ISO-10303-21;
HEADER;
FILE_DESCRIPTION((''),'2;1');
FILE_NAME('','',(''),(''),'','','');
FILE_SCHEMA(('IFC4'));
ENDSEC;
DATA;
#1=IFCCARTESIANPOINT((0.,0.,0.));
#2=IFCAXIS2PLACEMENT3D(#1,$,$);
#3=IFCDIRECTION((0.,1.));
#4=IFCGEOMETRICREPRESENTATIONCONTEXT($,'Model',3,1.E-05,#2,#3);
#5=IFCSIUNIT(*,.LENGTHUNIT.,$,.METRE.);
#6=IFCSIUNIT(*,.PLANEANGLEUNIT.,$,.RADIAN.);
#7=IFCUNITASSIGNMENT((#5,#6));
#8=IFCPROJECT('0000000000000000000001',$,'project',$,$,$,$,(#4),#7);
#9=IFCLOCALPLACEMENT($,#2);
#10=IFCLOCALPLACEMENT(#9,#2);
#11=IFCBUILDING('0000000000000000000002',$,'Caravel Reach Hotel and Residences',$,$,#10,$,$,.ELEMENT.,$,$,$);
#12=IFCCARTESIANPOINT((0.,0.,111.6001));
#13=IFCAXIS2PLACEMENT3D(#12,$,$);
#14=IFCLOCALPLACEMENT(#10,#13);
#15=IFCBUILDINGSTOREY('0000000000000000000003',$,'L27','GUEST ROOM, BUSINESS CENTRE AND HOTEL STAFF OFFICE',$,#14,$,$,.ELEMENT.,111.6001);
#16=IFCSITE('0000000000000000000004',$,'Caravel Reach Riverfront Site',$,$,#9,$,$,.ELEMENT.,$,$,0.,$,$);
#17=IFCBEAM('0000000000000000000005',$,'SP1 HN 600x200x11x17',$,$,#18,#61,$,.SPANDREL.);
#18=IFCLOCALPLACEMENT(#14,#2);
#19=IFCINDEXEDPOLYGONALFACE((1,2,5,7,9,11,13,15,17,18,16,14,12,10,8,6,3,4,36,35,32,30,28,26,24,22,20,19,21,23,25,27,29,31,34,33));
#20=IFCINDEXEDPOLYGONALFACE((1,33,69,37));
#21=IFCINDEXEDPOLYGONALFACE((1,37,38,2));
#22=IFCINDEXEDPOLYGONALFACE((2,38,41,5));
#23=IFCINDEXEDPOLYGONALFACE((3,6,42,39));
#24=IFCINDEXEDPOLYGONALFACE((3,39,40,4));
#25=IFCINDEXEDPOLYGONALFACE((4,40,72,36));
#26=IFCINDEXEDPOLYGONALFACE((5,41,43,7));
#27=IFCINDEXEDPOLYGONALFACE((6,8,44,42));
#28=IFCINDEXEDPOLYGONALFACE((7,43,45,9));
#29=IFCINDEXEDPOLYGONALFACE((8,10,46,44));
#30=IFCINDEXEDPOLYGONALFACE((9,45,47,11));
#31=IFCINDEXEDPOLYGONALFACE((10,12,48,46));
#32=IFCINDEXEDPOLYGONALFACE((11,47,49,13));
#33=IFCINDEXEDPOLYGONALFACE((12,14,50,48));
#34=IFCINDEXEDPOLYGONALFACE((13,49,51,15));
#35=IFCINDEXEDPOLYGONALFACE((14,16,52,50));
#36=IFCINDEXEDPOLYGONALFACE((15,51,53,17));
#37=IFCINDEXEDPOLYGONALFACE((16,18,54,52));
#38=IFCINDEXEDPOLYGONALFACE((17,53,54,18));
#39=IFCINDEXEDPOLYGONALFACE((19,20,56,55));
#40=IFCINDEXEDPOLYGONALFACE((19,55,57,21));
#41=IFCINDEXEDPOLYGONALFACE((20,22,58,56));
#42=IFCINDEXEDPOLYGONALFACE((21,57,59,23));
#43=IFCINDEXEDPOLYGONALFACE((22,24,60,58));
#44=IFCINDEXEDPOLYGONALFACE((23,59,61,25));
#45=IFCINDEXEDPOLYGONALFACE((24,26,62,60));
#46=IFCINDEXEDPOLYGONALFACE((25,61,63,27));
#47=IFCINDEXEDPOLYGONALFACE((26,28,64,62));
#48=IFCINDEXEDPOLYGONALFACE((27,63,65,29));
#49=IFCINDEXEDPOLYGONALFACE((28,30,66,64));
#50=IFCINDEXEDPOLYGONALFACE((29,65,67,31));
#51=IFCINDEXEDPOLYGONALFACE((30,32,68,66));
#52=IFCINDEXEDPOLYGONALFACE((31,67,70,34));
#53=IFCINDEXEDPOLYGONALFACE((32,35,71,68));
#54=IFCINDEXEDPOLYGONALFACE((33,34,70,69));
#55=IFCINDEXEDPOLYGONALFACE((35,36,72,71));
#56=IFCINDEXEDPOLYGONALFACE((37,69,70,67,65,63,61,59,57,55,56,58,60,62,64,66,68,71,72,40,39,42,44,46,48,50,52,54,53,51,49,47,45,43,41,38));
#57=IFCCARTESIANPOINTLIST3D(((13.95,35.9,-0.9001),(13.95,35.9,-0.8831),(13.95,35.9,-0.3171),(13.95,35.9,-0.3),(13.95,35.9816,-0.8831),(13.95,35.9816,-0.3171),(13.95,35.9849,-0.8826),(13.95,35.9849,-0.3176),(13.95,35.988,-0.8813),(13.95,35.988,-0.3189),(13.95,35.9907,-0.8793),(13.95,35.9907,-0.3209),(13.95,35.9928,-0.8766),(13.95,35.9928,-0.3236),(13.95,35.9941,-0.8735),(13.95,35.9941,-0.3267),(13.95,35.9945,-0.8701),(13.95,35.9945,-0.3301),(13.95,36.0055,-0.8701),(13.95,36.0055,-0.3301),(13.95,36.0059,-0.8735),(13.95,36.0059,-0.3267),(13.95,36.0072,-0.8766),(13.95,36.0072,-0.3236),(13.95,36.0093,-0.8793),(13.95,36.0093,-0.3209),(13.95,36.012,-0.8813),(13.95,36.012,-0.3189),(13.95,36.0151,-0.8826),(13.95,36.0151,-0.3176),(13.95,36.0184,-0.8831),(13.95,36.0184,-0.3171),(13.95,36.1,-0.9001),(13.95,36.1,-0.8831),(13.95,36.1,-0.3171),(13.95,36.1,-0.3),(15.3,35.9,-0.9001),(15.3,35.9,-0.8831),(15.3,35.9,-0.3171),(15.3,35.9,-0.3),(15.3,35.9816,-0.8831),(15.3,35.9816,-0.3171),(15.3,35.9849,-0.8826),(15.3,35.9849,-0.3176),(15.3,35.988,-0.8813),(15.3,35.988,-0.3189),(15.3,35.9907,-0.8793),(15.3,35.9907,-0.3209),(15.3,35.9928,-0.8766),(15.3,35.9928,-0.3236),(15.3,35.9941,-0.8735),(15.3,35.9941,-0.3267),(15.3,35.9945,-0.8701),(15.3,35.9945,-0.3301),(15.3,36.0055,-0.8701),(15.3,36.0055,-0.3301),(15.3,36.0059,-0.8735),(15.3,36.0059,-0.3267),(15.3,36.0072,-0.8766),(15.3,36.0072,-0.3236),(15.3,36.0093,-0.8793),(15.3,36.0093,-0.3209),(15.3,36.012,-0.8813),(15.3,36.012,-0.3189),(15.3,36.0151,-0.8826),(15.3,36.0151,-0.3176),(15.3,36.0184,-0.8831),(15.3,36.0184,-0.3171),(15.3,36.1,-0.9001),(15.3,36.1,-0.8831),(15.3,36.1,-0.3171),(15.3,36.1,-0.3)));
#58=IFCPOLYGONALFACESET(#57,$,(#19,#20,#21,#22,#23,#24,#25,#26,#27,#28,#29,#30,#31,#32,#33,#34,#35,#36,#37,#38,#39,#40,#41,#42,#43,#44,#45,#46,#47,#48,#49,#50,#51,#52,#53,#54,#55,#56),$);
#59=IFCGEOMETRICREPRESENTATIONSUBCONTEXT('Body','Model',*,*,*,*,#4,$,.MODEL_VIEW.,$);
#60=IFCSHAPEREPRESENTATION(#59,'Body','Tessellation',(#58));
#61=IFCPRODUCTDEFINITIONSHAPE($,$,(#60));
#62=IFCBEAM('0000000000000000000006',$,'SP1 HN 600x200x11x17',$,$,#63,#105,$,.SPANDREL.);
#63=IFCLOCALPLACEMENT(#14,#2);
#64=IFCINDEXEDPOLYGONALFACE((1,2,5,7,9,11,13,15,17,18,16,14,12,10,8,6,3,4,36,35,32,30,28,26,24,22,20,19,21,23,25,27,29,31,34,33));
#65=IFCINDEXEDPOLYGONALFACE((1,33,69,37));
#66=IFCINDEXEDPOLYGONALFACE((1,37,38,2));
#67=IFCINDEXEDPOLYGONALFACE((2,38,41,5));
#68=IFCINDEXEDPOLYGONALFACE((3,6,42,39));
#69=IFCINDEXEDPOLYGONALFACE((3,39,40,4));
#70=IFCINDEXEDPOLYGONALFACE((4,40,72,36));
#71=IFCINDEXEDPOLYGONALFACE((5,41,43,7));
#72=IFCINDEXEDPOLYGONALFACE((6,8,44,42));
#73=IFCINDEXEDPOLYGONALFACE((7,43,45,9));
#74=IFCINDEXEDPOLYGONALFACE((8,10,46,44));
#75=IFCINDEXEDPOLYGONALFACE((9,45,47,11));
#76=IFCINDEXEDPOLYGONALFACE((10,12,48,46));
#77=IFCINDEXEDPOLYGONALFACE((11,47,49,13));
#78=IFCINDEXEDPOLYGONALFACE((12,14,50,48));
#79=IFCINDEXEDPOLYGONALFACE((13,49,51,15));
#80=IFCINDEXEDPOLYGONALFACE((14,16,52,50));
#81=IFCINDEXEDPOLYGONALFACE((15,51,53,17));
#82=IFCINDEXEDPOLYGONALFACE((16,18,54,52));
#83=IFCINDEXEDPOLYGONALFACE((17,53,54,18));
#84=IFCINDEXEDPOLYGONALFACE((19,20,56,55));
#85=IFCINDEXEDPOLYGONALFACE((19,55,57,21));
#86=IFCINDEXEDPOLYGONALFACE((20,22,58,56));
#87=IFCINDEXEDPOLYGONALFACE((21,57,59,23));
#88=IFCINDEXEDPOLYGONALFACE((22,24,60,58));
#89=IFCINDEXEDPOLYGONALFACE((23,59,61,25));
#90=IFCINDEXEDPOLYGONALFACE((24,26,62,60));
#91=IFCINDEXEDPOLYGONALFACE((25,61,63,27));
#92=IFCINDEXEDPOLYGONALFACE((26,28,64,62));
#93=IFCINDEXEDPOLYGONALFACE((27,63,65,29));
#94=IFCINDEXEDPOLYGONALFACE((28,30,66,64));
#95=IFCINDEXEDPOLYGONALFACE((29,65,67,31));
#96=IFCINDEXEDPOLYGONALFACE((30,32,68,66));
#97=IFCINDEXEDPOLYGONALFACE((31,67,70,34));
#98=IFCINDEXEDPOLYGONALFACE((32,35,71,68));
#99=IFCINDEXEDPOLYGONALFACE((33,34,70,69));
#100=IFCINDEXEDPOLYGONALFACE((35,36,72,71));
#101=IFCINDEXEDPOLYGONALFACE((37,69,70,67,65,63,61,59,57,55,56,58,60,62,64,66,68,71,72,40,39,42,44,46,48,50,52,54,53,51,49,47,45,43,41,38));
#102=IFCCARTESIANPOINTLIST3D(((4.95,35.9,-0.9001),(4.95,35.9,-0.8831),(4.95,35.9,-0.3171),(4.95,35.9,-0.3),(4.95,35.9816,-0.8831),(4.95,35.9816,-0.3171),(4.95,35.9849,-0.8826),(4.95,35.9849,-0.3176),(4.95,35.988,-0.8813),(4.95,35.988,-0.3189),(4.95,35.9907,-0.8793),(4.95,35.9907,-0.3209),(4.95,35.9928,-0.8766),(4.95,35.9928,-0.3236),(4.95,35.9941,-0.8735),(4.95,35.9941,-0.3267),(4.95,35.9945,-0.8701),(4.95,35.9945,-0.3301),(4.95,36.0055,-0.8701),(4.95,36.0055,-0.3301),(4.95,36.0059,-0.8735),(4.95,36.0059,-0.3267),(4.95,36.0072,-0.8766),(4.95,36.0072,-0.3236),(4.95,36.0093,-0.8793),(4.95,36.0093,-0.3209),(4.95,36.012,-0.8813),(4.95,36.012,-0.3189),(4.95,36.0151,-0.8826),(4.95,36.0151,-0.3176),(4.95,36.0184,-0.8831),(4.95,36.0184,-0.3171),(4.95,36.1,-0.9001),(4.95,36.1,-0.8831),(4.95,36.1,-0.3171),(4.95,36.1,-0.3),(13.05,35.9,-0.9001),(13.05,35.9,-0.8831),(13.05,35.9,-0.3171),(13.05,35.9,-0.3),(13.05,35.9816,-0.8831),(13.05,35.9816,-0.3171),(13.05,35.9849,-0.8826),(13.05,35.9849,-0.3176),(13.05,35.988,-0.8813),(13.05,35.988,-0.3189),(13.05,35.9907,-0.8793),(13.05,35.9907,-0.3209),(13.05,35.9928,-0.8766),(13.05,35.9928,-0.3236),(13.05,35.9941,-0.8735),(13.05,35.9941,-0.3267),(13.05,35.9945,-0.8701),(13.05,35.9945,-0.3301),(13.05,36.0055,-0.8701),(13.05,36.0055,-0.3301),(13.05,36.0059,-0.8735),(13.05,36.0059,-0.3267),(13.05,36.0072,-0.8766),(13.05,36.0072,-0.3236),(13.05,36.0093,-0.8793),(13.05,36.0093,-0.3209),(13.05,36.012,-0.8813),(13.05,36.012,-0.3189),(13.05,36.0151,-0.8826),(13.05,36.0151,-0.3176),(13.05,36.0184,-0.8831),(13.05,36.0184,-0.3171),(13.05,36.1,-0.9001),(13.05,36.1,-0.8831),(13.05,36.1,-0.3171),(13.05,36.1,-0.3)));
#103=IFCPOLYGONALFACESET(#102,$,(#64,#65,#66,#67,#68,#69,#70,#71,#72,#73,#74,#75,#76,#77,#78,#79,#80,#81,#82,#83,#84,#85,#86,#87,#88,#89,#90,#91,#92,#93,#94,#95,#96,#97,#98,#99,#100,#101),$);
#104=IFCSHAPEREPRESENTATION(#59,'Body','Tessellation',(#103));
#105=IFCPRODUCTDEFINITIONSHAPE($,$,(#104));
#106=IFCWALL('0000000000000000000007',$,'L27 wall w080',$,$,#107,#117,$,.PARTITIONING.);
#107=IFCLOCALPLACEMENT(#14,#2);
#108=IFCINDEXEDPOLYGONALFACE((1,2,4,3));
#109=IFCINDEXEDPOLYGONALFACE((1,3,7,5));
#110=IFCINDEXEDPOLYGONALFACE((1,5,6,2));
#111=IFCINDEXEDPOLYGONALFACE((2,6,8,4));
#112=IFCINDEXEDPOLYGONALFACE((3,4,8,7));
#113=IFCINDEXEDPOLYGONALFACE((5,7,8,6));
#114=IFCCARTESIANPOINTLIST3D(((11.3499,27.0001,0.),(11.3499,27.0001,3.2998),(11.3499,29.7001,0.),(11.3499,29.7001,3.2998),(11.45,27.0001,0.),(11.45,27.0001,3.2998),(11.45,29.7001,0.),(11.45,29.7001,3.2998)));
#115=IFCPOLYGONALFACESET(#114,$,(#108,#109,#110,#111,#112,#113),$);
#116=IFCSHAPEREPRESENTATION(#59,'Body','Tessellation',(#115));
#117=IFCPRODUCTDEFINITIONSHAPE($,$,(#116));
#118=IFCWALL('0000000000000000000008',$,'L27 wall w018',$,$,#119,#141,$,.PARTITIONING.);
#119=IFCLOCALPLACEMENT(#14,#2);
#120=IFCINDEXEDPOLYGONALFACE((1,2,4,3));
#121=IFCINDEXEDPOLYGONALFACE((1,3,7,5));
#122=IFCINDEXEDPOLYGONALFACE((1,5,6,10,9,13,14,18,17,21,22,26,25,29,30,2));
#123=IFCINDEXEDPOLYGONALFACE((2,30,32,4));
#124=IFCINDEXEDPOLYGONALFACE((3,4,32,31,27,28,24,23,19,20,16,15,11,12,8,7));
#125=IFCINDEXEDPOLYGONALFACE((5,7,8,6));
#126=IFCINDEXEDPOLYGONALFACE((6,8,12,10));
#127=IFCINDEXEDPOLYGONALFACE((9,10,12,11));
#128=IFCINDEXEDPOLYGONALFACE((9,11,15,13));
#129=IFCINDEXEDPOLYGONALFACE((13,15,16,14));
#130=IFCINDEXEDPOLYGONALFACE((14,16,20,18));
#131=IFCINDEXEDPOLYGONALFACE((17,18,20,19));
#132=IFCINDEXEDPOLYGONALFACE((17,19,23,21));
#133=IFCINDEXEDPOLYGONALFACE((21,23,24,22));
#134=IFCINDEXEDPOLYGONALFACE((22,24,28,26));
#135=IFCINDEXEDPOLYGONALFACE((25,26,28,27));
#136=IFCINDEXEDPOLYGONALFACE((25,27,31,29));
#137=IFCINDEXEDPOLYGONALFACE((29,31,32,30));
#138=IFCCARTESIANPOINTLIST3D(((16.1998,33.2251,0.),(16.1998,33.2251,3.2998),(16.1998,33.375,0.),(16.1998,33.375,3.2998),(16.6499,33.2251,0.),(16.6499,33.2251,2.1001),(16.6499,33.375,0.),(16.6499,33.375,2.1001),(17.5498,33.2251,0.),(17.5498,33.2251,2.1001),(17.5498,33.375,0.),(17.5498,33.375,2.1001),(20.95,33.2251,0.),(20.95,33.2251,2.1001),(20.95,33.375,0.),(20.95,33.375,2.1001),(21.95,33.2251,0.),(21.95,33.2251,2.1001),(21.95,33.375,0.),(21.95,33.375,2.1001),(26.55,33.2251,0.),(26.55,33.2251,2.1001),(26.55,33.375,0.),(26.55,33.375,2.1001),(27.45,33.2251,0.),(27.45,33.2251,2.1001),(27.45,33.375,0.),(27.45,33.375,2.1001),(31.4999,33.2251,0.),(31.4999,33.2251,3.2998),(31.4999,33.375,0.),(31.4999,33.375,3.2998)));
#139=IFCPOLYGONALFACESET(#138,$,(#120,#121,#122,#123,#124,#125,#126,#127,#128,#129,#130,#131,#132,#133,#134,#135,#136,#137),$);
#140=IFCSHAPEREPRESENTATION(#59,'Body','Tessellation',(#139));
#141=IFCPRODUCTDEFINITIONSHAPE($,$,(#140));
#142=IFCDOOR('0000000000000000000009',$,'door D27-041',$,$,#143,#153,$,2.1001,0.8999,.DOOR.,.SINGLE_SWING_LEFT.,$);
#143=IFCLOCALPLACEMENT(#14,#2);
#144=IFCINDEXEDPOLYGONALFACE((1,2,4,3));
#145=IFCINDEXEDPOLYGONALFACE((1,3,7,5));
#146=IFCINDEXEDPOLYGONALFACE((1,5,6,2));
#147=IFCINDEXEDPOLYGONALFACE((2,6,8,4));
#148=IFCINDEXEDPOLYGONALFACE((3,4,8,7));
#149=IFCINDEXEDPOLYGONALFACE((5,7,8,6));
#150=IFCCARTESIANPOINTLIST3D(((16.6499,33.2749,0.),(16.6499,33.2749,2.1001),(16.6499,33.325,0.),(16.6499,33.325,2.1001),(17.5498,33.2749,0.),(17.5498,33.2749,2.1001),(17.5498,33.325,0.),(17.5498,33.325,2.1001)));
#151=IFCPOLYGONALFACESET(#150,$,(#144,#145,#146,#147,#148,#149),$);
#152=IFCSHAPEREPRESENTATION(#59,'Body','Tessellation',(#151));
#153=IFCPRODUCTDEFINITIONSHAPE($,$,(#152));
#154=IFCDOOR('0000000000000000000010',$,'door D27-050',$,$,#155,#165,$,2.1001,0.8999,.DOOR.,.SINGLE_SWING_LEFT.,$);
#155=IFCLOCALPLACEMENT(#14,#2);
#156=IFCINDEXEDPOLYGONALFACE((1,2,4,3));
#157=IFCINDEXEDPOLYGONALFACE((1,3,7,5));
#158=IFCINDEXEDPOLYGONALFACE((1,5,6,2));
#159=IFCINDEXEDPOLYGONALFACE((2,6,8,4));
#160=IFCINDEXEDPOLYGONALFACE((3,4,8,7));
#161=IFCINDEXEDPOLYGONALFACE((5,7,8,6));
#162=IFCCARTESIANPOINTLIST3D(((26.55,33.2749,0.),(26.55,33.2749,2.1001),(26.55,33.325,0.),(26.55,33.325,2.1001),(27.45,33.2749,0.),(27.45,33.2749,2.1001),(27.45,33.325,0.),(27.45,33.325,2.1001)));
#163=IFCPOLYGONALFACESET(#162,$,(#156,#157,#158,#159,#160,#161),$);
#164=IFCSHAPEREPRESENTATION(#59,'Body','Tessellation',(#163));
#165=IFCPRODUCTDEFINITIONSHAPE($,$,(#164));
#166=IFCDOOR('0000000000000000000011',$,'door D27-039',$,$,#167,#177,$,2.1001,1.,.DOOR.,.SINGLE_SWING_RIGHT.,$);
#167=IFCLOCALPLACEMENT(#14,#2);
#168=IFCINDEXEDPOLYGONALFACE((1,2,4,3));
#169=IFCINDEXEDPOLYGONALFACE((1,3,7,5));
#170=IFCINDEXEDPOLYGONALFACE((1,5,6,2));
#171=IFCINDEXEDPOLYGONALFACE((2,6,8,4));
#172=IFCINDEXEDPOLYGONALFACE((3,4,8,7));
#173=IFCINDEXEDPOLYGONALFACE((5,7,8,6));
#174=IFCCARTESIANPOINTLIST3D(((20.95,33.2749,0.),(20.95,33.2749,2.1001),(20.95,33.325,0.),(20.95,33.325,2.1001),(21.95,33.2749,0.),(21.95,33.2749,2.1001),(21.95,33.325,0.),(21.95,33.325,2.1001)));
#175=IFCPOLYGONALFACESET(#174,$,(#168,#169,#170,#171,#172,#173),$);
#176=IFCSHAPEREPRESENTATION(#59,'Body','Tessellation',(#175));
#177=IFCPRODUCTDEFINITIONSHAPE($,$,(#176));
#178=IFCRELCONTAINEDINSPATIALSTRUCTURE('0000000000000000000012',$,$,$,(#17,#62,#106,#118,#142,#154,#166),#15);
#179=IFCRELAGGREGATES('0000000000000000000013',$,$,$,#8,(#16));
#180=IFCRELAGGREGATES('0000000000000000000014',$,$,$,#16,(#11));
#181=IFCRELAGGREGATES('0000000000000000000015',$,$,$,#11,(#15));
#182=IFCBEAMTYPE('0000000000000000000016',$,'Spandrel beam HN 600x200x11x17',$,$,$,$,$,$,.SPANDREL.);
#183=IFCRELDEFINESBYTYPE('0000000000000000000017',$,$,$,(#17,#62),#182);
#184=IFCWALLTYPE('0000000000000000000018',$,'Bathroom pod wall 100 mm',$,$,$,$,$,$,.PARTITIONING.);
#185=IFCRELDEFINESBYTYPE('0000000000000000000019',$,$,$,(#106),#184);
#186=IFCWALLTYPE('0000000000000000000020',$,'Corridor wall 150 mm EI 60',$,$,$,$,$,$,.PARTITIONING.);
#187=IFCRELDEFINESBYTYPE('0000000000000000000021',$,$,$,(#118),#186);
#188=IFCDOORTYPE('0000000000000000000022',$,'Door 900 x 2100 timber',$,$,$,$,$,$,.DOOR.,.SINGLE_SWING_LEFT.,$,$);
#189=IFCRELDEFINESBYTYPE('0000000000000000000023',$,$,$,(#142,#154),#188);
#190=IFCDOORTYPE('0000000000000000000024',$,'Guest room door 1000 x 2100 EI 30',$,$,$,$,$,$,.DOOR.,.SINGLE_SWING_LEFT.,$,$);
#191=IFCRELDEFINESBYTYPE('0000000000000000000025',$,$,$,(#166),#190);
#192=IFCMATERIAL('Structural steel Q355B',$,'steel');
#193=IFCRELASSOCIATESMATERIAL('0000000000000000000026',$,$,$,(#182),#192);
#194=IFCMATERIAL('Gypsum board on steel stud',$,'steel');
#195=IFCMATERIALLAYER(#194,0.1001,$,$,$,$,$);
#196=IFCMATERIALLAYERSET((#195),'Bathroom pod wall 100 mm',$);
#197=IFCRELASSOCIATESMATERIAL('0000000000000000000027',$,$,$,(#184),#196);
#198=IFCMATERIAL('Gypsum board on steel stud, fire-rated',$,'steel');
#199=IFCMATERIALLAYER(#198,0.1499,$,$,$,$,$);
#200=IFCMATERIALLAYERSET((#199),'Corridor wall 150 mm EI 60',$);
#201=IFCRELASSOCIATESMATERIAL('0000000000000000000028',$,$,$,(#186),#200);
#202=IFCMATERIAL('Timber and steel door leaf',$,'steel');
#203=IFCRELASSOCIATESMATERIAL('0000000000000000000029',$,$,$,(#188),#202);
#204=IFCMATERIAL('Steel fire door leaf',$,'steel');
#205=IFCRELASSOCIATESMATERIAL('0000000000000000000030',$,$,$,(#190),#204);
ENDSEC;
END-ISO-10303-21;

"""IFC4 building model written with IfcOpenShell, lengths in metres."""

from ifc_helpers import new_model, si_unit, direction, frame, frame_2d, origin, origin_2d, place, context, subcontext, project, spatial, rectangle, i_section, extrude, material, layer, layer_set, material_profile, profile_set, type_object, element, fill, save


model = new_model("IFC4")

# Units and contexts
model_context = context("Model", 3, precision=1e-05, world=origin(), true_north=direction((0.0, 1.0)))
body_context = subcontext(model_context, "Body", "Model", "MODEL_VIEW")
ifc_project = project(units=[si_unit("LENGTHUNIT", "METRE"), si_unit("PLANEANGLEUNIT", "RADIAN")], contexts=[model_context])

# Site, building, storey
site_placement = place(None, origin())
site = spatial("IfcSite", under=ifc_project, at=site_placement, Name="Caravel Reach Riverfront Site", CompositionType="ELEMENT", RefElevation=0.0)
building_placement = place(site_placement, origin())
building = spatial("IfcBuilding", under=site, at=building_placement, Name="Caravel Reach Hotel and Residences", CompositionType="ELEMENT")
storey_placement = place(building_placement, frame((0.0, 0.0, 111.6001)))
storey = spatial("IfcBuildingStorey", under=building, at=storey_placement, Name="L27", Description="GUEST ROOM, BUSINESS CENTRE AND HOTEL STAFF OFFICE", CompositionType="ELEMENT", Elevation=111.6001)

# Beams
ifc_material_1 = material(Name="Structural steel Q355B", Category="steel")
ifc_material_profile_1 = material_profile(ifc_material_1, i_section(OverallWidth=0.2, OverallDepth=0.6001, WebThickness=0.011, FlangeThickness=0.0171, FilletRadius=0.0129, at=origin_2d()), Name="HN 600x200x11x17")
ifc_profile_set_1 = profile_set([ifc_material_profile_1], Name="Structural steel Q355B")
beam_type_1 = type_object("IfcBeamType", Name="Spandrel beam HN 600x200x11x17", PredefinedType="SPANDREL", material=ifc_profile_set_1)
beam_1_placement = place(storey_placement, frame((15.3, 36.0, -0.6001), z_axis=(-1.0, 0.0, 0.0), x_axis=(0.0, -1.0, 0.0)))
element("IfcBeam", 1, at=beam_1_placement, inside=storey, type_object=beam_type_1, Name="SP1 HN 600x200x11x17", PredefinedType="SPANDREL", context=body_context, shape_type="SweptSolid", body=[
    extrude(i_section(OverallWidth=0.2, OverallDepth=0.6001, WebThickness=0.011, FlangeThickness=0.0171, FilletRadius=0.0129, at=origin_2d()), origin(), (0.0, 0.0, 1.0), 1.3501),
])
beam_2_placement = place(storey_placement, frame((13.05, 36.0, -0.6001), z_axis=(-1.0, 0.0, 0.0), x_axis=(0.0, -1.0, 0.0)))
element("IfcBeam", 2, at=beam_2_placement, inside=storey, type_object=beam_type_1, Name="SP1 HN 600x200x11x17", PredefinedType="SPANDREL", context=body_context, shape_type="SweptSolid", body=[
    extrude(i_section(OverallWidth=0.2, OverallDepth=0.6001, WebThickness=0.011, FlangeThickness=0.0171, FilletRadius=0.0129, at=origin_2d()), origin(), (0.0, 0.0, 1.0), 8.1001),
])

# Wall
ifc_material_2 = material(Name="Gypsum board on steel stud", Category="steel")
ifc_layer_1 = layer(ifc_material_2, 0.1001)
ifc_layer_set_1 = layer_set([ifc_layer_1], Name="Bathroom pod wall 100 mm")
wall_type_1 = type_object("IfcWallType", Name="Bathroom pod wall 100 mm", PredefinedType="PARTITIONING", material=ifc_layer_set_1)
wall_1_placement = place(storey_placement, frame((11.3999, 27.0, 0.0), z_axis=(0.0, 0.0, 1.0), x_axis=(0.0, 1.0, 0.0)))
element("IfcWall", 3, at=wall_1_placement, inside=storey, type_object=wall_type_1, Name="L27 wall w080", PredefinedType="PARTITIONING", context=body_context, shape_type="SweptSolid", body=[
    extrude(rectangle(XDim=2.7, YDim=0.1001, at=frame_2d((1.3501, 0.0))), origin(), (0.0, 0.0, 1.0), 3.2998),
])

# Wall, openings, doors
ifc_material_3 = material(Name="Gypsum board on steel stud, fire-rated", Category="steel")
ifc_layer_2 = layer(ifc_material_3, 0.1499)
ifc_layer_set_2 = layer_set([ifc_layer_2], Name="Corridor wall 150 mm EI 60")
wall_type_2 = type_object("IfcWallType", Name="Corridor wall 150 mm EI 60", PredefinedType="PARTITIONING", material=ifc_layer_set_2)
wall_2_placement = place(storey_placement, frame((16.2, 33.3, 0.0), z_axis=(0.0, 0.0, 1.0), x_axis=(1.0, 0.0, 0.0)))
wall_2 = element("IfcWall", 4, at=wall_2_placement, inside=storey, type_object=wall_type_2, Name="L27 wall w018", PredefinedType="PARTITIONING", context=body_context, shape_type="SweptSolid", body=[
    extrude(rectangle(XDim=15.3, YDim=0.1499, at=frame_2d((7.6499, 0.0))), origin(), (0.0, 0.0, 1.0), 3.2998),
])
opening_1_placement = place(wall_2_placement, frame((4.75, 0.0, 0.0)))
opening_1 = element("IfcOpeningElement", 5, at=opening_1_placement, cuts=wall_2, PredefinedType="OPENING", context=body_context, shape_type="SweptSolid", body=[
    extrude(rectangle(XDim=1.0, YDim=2.1001, at=frame_2d((0.5, 1.05))), frame((0.0, 0.085, 0.0), z_axis=(0.0, -1.0, 0.0), x_axis=(1.0, 0.0, 0.0)), (0.0, 0.0, 1.0), 0.1699),
])
opening_2_placement = place(wall_2_placement, frame((0.45, 0.0, 0.0)))
opening_2 = element("IfcOpeningElement", 6, at=opening_2_placement, cuts=wall_2, PredefinedType="OPENING", context=body_context, shape_type="SweptSolid", body=[
    extrude(rectangle(XDim=0.8999, YDim=2.1001, at=frame_2d((0.45, 1.05))), frame((0.0, 0.085, 0.0), z_axis=(0.0, -1.0, 0.0), x_axis=(1.0, 0.0, 0.0)), (0.0, 0.0, 1.0), 0.1699),
])
opening_3_placement = place(wall_2_placement, frame((10.3501, 0.0, 0.0)))
opening_3 = element("IfcOpeningElement", 7, at=opening_3_placement, cuts=wall_2, PredefinedType="OPENING", context=body_context, shape_type="SweptSolid", body=[
    extrude(rectangle(XDim=0.8999, YDim=2.1001, at=frame_2d((0.45, 1.05))), frame((0.0, 0.085, 0.0), z_axis=(0.0, -1.0, 0.0), x_axis=(1.0, 0.0, 0.0)), (0.0, 0.0, 1.0), 0.1699),
])
ifc_material_4 = material(Name="Timber and steel door leaf", Category="steel")
door_type_1 = type_object("IfcDoorType", Name="Door 900 x 2100 timber", OperationType="SINGLE_SWING_LEFT", PredefinedType="DOOR", material=ifc_material_4)
door_1_placement = place(opening_2_placement, origin())
door_1 = element("IfcDoor", 8, at=door_1_placement, inside=storey, type_object=door_type_1, Name="door D27-041", OperationType="SINGLE_SWING_LEFT", OverallHeight=2.1001, OverallWidth=0.8999, PredefinedType="DOOR", context=body_context, shape_type="SweptSolid", body=[
    extrude(rectangle(XDim=0.8999, YDim=2.1001, at=frame_2d((0.45, 1.05))), frame((0.0, 0.0249, 0.0), z_axis=(0.0, -1.0, 0.0), x_axis=(1.0, 0.0, 0.0)), (0.0, 0.0, 1.0), 0.05),
])
fill(opening_2, door_1)
door_2_placement = place(opening_3_placement, origin())
door_2 = element("IfcDoor", 9, at=door_2_placement, inside=storey, type_object=door_type_1, Name="door D27-050", OperationType="SINGLE_SWING_LEFT", OverallHeight=2.1001, OverallWidth=0.8999, PredefinedType="DOOR", context=body_context, shape_type="SweptSolid", body=[
    extrude(rectangle(XDim=0.8999, YDim=2.1001, at=frame_2d((0.45, 1.05))), frame((0.0, 0.0249, 0.0), z_axis=(0.0, -1.0, 0.0), x_axis=(1.0, 0.0, 0.0)), (0.0, 0.0, 1.0), 0.05),
])
fill(opening_3, door_2)
ifc_material_5 = material(Name="Steel fire door leaf", Category="steel")
door_type_2 = type_object("IfcDoorType", Name="Guest room door 1000 x 2100 EI 30", OperationType="SINGLE_SWING_LEFT", PredefinedType="DOOR", material=ifc_material_5)
door_3_placement = place(opening_1_placement, origin())
door_3 = element("IfcDoor", 10, at=door_3_placement, inside=storey, type_object=door_type_2, Name="door D27-039", OperationType="SINGLE_SWING_RIGHT", OverallHeight=2.1001, OverallWidth=1.0, PredefinedType="DOOR", context=body_context, shape_type="SweptSolid", body=[
    extrude(rectangle(XDim=1.0, YDim=2.1001, at=frame_2d((0.5, 1.05))), frame((0.0, 0.0249, 0.0), z_axis=(0.0, -1.0, 0.0), x_axis=(1.0, 0.0, 0.0)), (0.0, 0.0, 1.0), 0.05),
])
fill(opening_1, door_3)

save(model, "model.ifc")
